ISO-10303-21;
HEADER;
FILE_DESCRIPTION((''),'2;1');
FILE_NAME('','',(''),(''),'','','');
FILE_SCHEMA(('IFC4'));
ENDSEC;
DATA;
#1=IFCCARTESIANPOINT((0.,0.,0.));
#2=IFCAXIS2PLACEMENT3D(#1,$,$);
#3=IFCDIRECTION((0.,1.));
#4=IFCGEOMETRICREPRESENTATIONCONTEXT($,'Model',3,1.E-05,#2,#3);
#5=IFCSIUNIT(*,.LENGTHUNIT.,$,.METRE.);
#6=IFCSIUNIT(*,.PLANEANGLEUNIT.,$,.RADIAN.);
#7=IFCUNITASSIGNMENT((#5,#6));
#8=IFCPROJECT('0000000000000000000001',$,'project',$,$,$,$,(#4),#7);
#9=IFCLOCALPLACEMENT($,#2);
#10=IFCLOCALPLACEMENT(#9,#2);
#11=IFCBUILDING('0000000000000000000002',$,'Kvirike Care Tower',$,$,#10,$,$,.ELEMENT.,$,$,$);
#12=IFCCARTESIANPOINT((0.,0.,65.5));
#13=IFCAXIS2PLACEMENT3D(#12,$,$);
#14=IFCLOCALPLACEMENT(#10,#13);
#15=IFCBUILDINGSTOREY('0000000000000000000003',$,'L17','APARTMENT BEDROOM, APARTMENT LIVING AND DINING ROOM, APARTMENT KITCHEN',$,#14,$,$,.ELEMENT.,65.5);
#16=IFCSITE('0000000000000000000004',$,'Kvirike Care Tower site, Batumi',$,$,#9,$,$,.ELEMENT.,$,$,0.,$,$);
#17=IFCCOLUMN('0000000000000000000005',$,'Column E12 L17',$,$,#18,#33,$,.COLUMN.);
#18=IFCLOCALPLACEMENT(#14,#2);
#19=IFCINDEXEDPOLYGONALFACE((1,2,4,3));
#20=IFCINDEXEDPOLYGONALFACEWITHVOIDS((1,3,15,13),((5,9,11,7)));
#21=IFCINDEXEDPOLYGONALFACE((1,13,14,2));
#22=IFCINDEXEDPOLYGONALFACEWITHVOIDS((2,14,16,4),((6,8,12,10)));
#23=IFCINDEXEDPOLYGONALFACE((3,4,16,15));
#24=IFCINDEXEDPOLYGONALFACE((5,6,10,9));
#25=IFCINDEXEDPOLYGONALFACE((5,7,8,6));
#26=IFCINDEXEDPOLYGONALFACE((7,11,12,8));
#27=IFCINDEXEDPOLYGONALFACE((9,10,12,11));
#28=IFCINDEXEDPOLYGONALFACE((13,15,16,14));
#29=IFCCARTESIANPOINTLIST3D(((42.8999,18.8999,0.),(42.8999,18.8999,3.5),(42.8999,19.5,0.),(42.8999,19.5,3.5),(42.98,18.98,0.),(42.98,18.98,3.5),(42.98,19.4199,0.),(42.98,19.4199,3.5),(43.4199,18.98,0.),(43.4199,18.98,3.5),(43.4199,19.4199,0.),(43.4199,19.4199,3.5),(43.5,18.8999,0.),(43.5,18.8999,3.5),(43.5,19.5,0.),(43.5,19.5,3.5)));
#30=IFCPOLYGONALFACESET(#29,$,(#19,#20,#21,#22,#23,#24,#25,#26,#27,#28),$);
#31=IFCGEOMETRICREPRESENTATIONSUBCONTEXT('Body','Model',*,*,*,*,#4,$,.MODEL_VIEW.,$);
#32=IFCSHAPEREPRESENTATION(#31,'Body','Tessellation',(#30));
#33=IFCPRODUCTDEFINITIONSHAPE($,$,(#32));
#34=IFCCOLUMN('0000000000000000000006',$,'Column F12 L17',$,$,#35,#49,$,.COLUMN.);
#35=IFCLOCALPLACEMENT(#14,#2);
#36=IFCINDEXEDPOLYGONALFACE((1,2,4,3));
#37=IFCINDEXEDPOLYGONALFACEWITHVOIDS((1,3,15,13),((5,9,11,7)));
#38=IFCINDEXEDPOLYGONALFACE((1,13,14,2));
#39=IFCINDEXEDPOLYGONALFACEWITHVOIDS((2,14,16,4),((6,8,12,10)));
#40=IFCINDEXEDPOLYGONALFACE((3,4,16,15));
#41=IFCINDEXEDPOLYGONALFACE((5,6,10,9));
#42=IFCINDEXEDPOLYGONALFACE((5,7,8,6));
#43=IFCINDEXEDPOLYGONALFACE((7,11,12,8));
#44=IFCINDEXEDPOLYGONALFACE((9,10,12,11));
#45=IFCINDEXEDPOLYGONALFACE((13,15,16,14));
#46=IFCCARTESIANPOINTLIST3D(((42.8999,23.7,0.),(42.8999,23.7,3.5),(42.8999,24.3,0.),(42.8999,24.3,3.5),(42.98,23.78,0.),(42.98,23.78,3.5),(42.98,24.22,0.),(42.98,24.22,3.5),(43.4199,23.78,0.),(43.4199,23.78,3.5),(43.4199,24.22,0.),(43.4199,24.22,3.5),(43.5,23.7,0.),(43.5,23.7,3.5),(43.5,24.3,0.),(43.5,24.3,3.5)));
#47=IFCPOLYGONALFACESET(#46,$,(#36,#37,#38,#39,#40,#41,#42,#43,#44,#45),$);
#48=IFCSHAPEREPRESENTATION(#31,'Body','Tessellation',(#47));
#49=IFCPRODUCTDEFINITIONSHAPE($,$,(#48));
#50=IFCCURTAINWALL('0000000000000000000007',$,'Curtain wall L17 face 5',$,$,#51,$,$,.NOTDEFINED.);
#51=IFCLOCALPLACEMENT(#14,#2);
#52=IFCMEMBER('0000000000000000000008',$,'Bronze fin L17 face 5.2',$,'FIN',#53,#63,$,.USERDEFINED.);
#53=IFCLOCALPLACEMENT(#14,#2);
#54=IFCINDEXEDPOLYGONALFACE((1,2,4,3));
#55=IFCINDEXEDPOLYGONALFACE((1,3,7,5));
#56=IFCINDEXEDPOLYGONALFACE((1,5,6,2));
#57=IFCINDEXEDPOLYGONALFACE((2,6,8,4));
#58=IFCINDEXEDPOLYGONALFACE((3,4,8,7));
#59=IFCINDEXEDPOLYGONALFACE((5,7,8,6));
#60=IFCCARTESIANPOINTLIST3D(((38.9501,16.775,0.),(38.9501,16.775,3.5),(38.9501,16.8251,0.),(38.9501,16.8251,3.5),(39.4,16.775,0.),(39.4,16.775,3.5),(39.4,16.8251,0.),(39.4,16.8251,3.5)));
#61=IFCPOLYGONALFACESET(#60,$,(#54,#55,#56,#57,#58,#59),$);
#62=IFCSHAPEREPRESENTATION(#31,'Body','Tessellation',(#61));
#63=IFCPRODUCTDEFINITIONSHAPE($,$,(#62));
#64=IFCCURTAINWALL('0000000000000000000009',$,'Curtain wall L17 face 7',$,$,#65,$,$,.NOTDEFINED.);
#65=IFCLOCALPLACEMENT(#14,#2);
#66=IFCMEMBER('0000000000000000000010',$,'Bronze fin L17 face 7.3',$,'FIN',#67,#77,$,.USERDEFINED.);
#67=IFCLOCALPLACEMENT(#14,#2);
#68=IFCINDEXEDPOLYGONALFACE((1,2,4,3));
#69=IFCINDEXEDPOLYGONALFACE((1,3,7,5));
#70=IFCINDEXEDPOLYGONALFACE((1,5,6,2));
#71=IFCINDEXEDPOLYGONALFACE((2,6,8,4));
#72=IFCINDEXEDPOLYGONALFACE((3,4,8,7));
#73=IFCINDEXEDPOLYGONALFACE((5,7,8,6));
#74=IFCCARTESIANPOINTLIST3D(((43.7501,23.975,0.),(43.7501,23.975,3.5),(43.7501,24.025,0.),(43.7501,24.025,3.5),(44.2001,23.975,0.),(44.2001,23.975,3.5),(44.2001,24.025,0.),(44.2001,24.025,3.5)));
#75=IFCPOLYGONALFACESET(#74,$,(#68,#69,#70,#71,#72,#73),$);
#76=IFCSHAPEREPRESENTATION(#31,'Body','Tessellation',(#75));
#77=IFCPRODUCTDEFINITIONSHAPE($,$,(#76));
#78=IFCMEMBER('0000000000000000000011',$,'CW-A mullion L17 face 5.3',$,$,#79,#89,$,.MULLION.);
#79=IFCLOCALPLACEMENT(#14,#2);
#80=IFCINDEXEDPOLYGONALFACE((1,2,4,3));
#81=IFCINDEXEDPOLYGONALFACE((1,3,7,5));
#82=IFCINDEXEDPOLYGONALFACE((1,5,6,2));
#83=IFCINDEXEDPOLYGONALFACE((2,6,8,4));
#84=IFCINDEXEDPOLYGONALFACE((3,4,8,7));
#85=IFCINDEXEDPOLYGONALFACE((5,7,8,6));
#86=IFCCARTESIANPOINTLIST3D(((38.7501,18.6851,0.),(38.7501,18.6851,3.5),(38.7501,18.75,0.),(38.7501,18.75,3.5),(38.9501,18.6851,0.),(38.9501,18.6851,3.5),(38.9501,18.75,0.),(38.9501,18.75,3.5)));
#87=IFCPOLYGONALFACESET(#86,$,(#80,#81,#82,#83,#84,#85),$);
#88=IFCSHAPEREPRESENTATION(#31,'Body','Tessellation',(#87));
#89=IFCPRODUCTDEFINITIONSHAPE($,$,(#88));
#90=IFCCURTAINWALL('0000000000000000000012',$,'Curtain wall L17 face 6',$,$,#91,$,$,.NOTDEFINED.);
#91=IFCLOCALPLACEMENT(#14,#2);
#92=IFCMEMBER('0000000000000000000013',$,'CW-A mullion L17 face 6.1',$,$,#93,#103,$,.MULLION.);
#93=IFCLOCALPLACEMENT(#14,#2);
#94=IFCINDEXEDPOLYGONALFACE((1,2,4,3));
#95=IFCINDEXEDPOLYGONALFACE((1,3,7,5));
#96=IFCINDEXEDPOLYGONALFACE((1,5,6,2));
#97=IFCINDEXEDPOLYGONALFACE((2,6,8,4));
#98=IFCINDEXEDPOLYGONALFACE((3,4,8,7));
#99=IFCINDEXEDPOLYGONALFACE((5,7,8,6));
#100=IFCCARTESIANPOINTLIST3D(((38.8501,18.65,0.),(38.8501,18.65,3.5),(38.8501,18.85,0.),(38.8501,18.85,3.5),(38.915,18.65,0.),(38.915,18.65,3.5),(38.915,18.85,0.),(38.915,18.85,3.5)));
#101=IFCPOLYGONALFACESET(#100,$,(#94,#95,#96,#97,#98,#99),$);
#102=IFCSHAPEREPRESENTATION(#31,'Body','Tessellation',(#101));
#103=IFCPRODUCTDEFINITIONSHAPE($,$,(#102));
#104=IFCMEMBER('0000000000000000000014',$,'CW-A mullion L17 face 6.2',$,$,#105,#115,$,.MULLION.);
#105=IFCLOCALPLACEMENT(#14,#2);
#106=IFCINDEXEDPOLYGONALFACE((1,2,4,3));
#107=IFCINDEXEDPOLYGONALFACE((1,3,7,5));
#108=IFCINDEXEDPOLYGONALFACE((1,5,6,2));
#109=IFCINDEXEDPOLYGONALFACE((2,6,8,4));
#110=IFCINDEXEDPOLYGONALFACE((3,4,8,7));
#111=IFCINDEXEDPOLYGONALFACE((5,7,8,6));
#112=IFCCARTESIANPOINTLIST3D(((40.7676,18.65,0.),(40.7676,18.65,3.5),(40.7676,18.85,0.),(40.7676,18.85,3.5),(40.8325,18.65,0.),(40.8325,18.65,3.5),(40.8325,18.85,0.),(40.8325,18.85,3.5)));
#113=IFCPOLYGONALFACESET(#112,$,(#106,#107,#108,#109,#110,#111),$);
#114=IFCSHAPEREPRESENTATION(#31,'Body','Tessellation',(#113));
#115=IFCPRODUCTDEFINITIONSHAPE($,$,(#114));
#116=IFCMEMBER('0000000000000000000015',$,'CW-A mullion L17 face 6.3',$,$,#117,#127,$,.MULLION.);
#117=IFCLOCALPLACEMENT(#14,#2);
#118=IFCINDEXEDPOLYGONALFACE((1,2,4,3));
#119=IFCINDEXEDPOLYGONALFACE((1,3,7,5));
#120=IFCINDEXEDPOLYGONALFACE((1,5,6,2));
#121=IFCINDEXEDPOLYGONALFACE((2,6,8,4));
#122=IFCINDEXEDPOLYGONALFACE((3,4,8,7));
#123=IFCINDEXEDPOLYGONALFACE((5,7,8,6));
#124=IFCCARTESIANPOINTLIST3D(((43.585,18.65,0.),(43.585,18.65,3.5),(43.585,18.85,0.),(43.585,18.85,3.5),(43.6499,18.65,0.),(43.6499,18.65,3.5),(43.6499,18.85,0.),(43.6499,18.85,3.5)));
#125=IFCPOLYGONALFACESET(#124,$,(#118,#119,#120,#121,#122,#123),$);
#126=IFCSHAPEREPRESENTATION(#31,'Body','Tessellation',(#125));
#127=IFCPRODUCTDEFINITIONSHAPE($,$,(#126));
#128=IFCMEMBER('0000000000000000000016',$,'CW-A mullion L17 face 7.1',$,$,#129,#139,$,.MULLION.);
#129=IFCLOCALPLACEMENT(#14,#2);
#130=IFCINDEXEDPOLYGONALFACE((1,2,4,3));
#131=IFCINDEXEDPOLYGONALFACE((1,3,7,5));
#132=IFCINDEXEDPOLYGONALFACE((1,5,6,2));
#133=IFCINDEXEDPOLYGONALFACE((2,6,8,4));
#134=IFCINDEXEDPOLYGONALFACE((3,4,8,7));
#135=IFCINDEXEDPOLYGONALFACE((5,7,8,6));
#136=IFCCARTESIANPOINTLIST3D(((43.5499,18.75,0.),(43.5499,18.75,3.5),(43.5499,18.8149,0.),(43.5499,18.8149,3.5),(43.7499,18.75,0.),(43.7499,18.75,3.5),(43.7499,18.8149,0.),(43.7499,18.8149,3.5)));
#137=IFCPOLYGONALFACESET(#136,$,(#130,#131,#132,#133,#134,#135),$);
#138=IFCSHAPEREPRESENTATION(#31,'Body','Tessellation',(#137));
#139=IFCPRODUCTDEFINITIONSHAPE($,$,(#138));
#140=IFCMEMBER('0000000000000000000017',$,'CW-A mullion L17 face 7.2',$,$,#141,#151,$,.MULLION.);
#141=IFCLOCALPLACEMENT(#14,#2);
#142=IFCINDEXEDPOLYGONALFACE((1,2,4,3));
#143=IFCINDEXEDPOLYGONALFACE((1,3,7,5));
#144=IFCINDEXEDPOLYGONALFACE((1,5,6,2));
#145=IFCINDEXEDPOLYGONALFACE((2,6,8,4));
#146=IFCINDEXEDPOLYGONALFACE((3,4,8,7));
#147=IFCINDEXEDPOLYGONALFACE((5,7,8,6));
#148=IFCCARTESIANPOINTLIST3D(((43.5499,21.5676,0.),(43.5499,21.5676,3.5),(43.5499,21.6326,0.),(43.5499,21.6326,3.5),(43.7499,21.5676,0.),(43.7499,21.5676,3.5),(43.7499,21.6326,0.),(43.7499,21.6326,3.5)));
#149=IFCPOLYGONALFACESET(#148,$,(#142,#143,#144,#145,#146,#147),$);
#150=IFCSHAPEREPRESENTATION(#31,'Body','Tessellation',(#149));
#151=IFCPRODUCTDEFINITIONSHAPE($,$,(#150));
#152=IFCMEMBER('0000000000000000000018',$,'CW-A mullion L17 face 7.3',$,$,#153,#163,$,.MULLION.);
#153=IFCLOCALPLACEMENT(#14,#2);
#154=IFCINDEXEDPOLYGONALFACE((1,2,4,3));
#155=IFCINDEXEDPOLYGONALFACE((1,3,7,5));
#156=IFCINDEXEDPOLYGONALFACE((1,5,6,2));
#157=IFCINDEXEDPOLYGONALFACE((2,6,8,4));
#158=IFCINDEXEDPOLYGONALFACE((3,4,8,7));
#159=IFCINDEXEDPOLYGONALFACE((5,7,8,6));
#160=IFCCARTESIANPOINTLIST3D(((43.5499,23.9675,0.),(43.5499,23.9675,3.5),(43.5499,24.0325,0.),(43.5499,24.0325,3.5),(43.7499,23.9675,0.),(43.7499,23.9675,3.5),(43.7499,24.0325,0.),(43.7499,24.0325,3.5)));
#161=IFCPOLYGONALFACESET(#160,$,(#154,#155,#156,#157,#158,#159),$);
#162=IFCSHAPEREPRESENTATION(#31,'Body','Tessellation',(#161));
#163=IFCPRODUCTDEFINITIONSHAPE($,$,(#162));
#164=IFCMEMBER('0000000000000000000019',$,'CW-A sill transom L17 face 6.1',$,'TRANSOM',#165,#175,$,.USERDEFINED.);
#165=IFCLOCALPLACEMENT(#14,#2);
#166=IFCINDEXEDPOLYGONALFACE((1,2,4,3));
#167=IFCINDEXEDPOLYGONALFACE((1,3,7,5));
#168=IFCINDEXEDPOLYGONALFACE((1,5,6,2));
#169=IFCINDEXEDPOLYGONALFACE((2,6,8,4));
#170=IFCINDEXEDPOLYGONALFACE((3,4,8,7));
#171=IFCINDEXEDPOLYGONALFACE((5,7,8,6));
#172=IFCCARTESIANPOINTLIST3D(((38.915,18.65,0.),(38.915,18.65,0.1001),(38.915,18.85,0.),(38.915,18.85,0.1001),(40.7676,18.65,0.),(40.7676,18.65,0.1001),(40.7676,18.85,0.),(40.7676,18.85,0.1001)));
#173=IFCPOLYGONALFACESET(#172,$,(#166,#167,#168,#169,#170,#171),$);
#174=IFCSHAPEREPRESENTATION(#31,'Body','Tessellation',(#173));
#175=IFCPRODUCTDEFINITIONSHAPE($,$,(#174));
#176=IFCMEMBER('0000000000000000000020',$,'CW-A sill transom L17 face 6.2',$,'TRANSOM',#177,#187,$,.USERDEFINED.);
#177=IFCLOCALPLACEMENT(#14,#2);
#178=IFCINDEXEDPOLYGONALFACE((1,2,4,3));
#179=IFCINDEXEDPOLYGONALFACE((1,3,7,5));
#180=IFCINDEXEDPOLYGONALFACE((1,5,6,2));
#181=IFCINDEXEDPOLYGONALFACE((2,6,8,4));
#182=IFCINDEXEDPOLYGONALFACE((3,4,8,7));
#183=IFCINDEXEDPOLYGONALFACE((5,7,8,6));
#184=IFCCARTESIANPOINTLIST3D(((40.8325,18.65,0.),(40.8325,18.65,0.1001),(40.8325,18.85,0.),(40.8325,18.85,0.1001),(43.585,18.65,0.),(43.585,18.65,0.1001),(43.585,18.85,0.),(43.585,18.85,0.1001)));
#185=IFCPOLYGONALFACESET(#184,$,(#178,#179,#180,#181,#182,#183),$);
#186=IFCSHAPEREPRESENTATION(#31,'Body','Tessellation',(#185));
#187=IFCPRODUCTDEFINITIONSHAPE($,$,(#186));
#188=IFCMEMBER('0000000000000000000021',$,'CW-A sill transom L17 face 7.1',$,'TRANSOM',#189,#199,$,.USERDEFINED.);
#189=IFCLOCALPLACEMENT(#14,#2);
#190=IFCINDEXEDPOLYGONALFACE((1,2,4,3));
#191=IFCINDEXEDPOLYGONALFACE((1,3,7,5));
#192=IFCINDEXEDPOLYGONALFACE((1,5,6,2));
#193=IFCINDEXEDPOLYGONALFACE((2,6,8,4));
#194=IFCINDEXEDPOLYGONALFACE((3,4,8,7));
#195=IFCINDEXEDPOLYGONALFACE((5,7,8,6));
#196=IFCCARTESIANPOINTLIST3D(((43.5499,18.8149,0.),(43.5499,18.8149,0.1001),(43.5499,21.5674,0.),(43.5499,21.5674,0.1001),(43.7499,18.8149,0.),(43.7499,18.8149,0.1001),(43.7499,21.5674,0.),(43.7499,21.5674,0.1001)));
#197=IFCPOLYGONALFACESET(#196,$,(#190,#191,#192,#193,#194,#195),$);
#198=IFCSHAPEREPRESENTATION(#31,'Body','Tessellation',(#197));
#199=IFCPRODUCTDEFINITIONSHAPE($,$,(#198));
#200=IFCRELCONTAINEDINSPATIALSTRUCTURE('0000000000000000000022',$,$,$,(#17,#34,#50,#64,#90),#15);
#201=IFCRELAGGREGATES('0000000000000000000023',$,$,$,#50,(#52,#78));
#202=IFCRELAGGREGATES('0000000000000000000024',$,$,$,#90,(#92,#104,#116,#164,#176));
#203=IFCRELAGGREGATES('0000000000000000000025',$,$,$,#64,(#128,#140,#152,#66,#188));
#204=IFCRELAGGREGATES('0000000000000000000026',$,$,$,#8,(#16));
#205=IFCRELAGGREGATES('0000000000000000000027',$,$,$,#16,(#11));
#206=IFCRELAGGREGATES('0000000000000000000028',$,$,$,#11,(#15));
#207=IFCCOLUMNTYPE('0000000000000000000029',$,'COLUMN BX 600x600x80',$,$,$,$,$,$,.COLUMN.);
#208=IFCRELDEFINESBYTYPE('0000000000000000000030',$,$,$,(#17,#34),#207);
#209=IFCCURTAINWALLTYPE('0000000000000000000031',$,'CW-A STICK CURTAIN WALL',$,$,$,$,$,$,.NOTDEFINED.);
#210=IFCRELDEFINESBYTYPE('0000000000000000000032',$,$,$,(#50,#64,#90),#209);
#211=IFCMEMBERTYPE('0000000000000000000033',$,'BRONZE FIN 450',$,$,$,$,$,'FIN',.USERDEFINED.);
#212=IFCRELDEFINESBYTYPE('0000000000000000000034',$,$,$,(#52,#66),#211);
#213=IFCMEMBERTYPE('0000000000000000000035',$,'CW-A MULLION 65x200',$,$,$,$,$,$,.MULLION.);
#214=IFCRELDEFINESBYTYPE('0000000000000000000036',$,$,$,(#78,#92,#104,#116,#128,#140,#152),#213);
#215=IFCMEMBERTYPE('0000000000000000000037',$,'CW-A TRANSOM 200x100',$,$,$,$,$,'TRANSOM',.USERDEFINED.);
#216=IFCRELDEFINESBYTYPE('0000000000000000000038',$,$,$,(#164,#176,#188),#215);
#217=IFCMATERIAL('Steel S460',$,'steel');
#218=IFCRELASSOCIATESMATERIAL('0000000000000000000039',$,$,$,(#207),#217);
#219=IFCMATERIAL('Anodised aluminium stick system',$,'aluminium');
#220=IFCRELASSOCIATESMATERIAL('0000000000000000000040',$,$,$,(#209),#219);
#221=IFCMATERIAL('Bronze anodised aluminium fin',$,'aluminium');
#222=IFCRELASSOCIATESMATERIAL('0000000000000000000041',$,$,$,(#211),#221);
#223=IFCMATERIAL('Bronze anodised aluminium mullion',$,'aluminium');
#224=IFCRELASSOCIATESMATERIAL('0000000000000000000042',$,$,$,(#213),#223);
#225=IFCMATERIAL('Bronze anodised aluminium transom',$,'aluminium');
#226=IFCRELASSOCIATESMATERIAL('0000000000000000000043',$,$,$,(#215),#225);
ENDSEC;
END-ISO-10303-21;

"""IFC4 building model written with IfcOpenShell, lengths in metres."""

from ifc_helpers import new_model, si_unit, direction, frame, origin, origin_2d, place, context, subcontext, project, spatial, rectangle, hollow_rectangle, extrude, material, material_profile, profile_set, type_object, element, aggregate, save


model = new_model("IFC4")

# Units and contexts
model_context = context("Model", 3, precision=1e-05, world=origin(), true_north=direction((0.0, 1.0)))
body_context = subcontext(model_context, "Body", "Model", "MODEL_VIEW")
ifc_project = project(units=[si_unit("LENGTHUNIT", "METRE"), si_unit("PLANEANGLEUNIT", "RADIAN")], contexts=[model_context])

# Site, building, storey
site_placement = place(None, origin())
site = spatial("IfcSite", under=ifc_project, at=site_placement, Name="Kvirike Care Tower site, Batumi", CompositionType="ELEMENT", RefElevation=0.0)
building_placement = place(site_placement, origin())
building = spatial("IfcBuilding", under=site, at=building_placement, Name="Kvirike Care Tower", CompositionType="ELEMENT")
storey_placement = place(building_placement, frame((0.0, 0.0, 65.5)))
storey = spatial("IfcBuildingStorey", under=building, at=storey_placement, Name="L17", Description="APARTMENT BEDROOM, APARTMENT LIVING AND DINING ROOM, APARTMENT KITCHEN", CompositionType="ELEMENT", Elevation=65.5)

# Columns
ifc_material_1 = material(Name="Steel S460", Category="steel")
ifc_material_profile_1 = material_profile(ifc_material_1, hollow_rectangle(XDim=0.6001, YDim=0.6001, WallThickness=0.0801, at=origin_2d()), Name="BX 600x600x80")
ifc_profile_set_1 = profile_set([ifc_material_profile_1], Name="Steel S460")
column_type = type_object("IfcColumnType", Name="COLUMN BX 600x600x80", PredefinedType="COLUMN", material=ifc_profile_set_1)
for number, where, z_axis, x_axis, name in (
    (1, (43.2, 19.2, 0.0), (0.0, 0.0, 1.0), (0.0, 1.0, 0.0), "Column E12 L17"),
    (2, (43.2, 24.0, 0.0), (0.0, 0.0, 1.0), (1.0, 0.0, 0.0), "Column F12 L17"),
):
    element("IfcColumn", number, at=place(storey_placement, frame(where, z_axis=z_axis, x_axis=x_axis)), inside=storey, type_object=column_type, Name=name, PredefinedType="COLUMN", context=body_context, shape_type="SweptSolid", body=[
        extrude(hollow_rectangle(XDim=0.6001, YDim=0.6001, WallThickness=0.0801, at=origin_2d()), origin(), (0.0, 0.0, 1.0), 3.5),
    ])

# Curtain walls, members
ifc_material_2 = material(Name="Anodised aluminium stick system", Category="aluminium")
curtain_wall_type = type_object("IfcCurtainWallType", Name="CW-A STICK CURTAIN WALL", PredefinedType="NOTDEFINED", material=ifc_material_2)
curtain_wall_1_placement = place(storey_placement, origin())
curtain_wall_1 = element("IfcCurtainWall", 3, at=curtain_wall_1_placement, inside=storey, type_object=curtain_wall_type, Name="Curtain wall L17 face 5", PredefinedType="NOTDEFINED")
ifc_material_3 = material(Name="Bronze anodised aluminium fin", Category="aluminium")
ifc_material_profile_2 = material_profile(ifc_material_3, rectangle(XDim=0.05, YDim=0.45, at=origin_2d()), Name="BRONZE FIN 450")
ifc_profile_set_2 = profile_set([ifc_material_profile_2], Name="Bronze anodised aluminium fin")
member_type_1 = type_object("IfcMemberType", Name="BRONZE FIN 450", ElementType="FIN", PredefinedType="USERDEFINED", material=ifc_profile_set_2)
member_1_placement = place(storey_placement, frame((39.175, 16.8, 0.0), z_axis=(0.0, 0.0, 1.0), x_axis=(0.0, 1.0, 0.0)))
member_1 = element("IfcMember", 4, at=member_1_placement, type_object=member_type_1, Name="Bronze fin L17 face 5.2", ObjectType="FIN", PredefinedType="USERDEFINED", context=body_context, shape_type="SweptSolid", body=[
    extrude(rectangle(XDim=0.05, YDim=0.45, at=origin_2d()), origin(), (0.0, 0.0, 1.0), 3.5),
])
curtain_wall_2_placement = place(storey_placement, origin())
curtain_wall_2 = element("IfcCurtainWall", 5, at=curtain_wall_2_placement, inside=storey, type_object=curtain_wall_type, Name="Curtain wall L17 face 7", PredefinedType="NOTDEFINED")
member_2_placement = place(storey_placement, frame((43.9751, 24.0, 0.0), z_axis=(0.0, 0.0, 1.0), x_axis=(0.0, 1.0, 0.0)))
member_2 = element("IfcMember", 6, at=member_2_placement, type_object=member_type_1, Name="Bronze fin L17 face 7.3", ObjectType="FIN", PredefinedType="USERDEFINED", context=body_context, shape_type="SweptSolid", body=[
    extrude(rectangle(XDim=0.05, YDim=0.45, at=origin_2d()), origin(), (0.0, 0.0, 1.0), 3.5),
])

# Member
ifc_material_4 = material(Name="Bronze anodised aluminium mullion", Category="aluminium")
ifc_material_profile_3 = material_profile(ifc_material_4, rectangle(XDim=0.0649, YDim=0.2, at=origin_2d()), Name="CW-A MULLION 65x200")
ifc_profile_set_3 = profile_set([ifc_material_profile_3], Name="Bronze anodised aluminium mullion")
member_type_2 = type_object("IfcMemberType", Name="CW-A MULLION 65x200", PredefinedType="MULLION", material=ifc_profile_set_3)
member_3_placement = place(storey_placement, frame((38.8501, 18.7175, 0.0), z_axis=(0.0, 0.0, 1.0), x_axis=(0.0, 1.0, 0.0)))
member_3 = element("IfcMember", 7, at=member_3_placement, type_object=member_type_2, Name="CW-A mullion L17 face 5.3", PredefinedType="MULLION", context=body_context, shape_type="SweptSolid", body=[
    extrude(rectangle(XDim=0.0649, YDim=0.2, at=origin_2d()), origin(), (0.0, 0.0, 1.0), 3.5),
])
aggregate(curtain_wall_1, [member_1, member_3])

# Curtain wall, members
curtain_wall_3_placement = place(storey_placement, origin())
curtain_wall_3 = element("IfcCurtainWall", 8, at=curtain_wall_3_placement, inside=storey, type_object=curtain_wall_type, Name="Curtain wall L17 face 6", PredefinedType="NOTDEFINED")
member_4_placement = place(storey_placement, frame((38.8826, 18.75, 0.0), z_axis=(0.0, 0.0, 1.0), x_axis=(1.0, 0.0, 0.0)))
member_4 = element("IfcMember", 9, at=member_4_placement, type_object=member_type_2, Name="CW-A mullion L17 face 6.1", PredefinedType="MULLION", context=body_context, shape_type="SweptSolid", body=[
    extrude(rectangle(XDim=0.0649, YDim=0.2, at=origin_2d()), origin(), (0.0, 0.0, 1.0), 3.5),
])
member_5_placement = place(storey_placement, frame((40.8, 18.75, 0.0), z_axis=(0.0, 0.0, 1.0), x_axis=(1.0, 0.0, 0.0)))
member_5 = element("IfcMember", 10, at=member_5_placement, type_object=member_type_2, Name="CW-A mullion L17 face 6.2", PredefinedType="MULLION", context=body_context, shape_type="SweptSolid", body=[
    extrude(rectangle(XDim=0.0649, YDim=0.2, at=origin_2d()), origin(), (0.0, 0.0, 1.0), 3.5),
])
member_6_placement = place(storey_placement, frame((43.6174, 18.75, 0.0), z_axis=(0.0, 0.0, 1.0), x_axis=(1.0, 0.0, 0.0)))
member_6 = element("IfcMember", 11, at=member_6_placement, type_object=member_type_2, Name="CW-A mullion L17 face 6.3", PredefinedType="MULLION", context=body_context, shape_type="SweptSolid", body=[
    extrude(rectangle(XDim=0.0649, YDim=0.2, at=origin_2d()), origin(), (0.0, 0.0, 1.0), 3.5),
])

# Members
member_7_placement = place(storey_placement, frame((43.6499, 18.7825, 0.0), z_axis=(0.0, 0.0, 1.0), x_axis=(0.0, 1.0, 0.0)))
member_7 = element("IfcMember", 12, at=member_7_placement, type_object=member_type_2, Name="CW-A mullion L17 face 7.1", PredefinedType="MULLION", context=body_context, shape_type="SweptSolid", body=[
    extrude(rectangle(XDim=0.0649, YDim=0.2, at=origin_2d()), origin(), (0.0, 0.0, 1.0), 3.5),
])
member_8_placement = place(storey_placement, frame((43.6499, 21.6001, 0.0), z_axis=(0.0, 0.0, 1.0), x_axis=(0.0, 1.0, 0.0)))
member_8 = element("IfcMember", 13, at=member_8_placement, type_object=member_type_2, Name="CW-A mullion L17 face 7.2", PredefinedType="MULLION", context=body_context, shape_type="SweptSolid", body=[
    extrude(rectangle(XDim=0.0649, YDim=0.2, at=origin_2d()), origin(), (0.0, 0.0, 1.0), 3.5),
])
member_9_placement = place(storey_placement, frame((43.6499, 24.0, 0.0), z_axis=(0.0, 0.0, 1.0), x_axis=(0.0, 1.0, 0.0)))
member_9 = element("IfcMember", 14, at=member_9_placement, type_object=member_type_2, Name="CW-A mullion L17 face 7.3", PredefinedType="MULLION", context=body_context, shape_type="SweptSolid", body=[
    extrude(rectangle(XDim=0.0649, YDim=0.2, at=origin_2d()), origin(), (0.0, 0.0, 1.0), 3.5),
])
ifc_material_5 = material(Name="Bronze anodised aluminium transom", Category="aluminium")
ifc_material_profile_4 = material_profile(ifc_material_5, rectangle(XDim=0.2, YDim=0.1001, at=origin_2d()), Name="CW-A TRANSOM 200x100")
ifc_profile_set_4 = profile_set([ifc_material_profile_4], Name="Bronze anodised aluminium transom")
member_type_3 = type_object("IfcMemberType", Name="CW-A TRANSOM 200x100", ElementType="TRANSOM", PredefinedType="USERDEFINED", material=ifc_profile_set_4)
member_10_placement = place(storey_placement, frame((38.915, 18.75, 0.05), z_axis=(1.0, 0.0, 0.0), x_axis=(0.0, 1.0, 0.0)))
member_10 = element("IfcMember", 15, at=member_10_placement, type_object=member_type_3, Name="CW-A sill transom L17 face 6.1", ObjectType="TRANSOM", PredefinedType="USERDEFINED", context=body_context, shape_type="SweptSolid", body=[
    extrude(rectangle(XDim=0.2, YDim=0.1001, at=origin_2d()), origin(), (0.0, 0.0, 1.0), 1.8525),
])
member_11_placement = place(storey_placement, frame((40.8325, 18.75, 0.05), z_axis=(1.0, 0.0, 0.0), x_axis=(0.0, 1.0, 0.0)))
member_11 = element("IfcMember", 16, at=member_11_placement, type_object=member_type_3, Name="CW-A sill transom L17 face 6.2", ObjectType="TRANSOM", PredefinedType="USERDEFINED", context=body_context, shape_type="SweptSolid", body=[
    extrude(rectangle(XDim=0.2, YDim=0.1001, at=origin_2d()), origin(), (0.0, 0.0, 1.0), 2.7524),
])
member_12_placement = place(storey_placement, frame((43.6499, 18.8149, 0.05), z_axis=(0.0, 1.0, 0.0), x_axis=(-1.0, 0.0, 0.0)))
member_12 = element("IfcMember", 17, at=member_12_placement, type_object=member_type_3, Name="CW-A sill transom L17 face 7.1", ObjectType="TRANSOM", PredefinedType="USERDEFINED", context=body_context, shape_type="SweptSolid", body=[
    extrude(rectangle(XDim=0.2, YDim=0.1001, at=origin_2d()), origin(), (0.0, 0.0, 1.0), 2.7524),
])

aggregate(curtain_wall_3, [member_4, member_5, member_6, member_10, member_11])
aggregate(curtain_wall_2, [member_7, member_8, member_9, member_2, member_12])

save(model, "model.ifc")
